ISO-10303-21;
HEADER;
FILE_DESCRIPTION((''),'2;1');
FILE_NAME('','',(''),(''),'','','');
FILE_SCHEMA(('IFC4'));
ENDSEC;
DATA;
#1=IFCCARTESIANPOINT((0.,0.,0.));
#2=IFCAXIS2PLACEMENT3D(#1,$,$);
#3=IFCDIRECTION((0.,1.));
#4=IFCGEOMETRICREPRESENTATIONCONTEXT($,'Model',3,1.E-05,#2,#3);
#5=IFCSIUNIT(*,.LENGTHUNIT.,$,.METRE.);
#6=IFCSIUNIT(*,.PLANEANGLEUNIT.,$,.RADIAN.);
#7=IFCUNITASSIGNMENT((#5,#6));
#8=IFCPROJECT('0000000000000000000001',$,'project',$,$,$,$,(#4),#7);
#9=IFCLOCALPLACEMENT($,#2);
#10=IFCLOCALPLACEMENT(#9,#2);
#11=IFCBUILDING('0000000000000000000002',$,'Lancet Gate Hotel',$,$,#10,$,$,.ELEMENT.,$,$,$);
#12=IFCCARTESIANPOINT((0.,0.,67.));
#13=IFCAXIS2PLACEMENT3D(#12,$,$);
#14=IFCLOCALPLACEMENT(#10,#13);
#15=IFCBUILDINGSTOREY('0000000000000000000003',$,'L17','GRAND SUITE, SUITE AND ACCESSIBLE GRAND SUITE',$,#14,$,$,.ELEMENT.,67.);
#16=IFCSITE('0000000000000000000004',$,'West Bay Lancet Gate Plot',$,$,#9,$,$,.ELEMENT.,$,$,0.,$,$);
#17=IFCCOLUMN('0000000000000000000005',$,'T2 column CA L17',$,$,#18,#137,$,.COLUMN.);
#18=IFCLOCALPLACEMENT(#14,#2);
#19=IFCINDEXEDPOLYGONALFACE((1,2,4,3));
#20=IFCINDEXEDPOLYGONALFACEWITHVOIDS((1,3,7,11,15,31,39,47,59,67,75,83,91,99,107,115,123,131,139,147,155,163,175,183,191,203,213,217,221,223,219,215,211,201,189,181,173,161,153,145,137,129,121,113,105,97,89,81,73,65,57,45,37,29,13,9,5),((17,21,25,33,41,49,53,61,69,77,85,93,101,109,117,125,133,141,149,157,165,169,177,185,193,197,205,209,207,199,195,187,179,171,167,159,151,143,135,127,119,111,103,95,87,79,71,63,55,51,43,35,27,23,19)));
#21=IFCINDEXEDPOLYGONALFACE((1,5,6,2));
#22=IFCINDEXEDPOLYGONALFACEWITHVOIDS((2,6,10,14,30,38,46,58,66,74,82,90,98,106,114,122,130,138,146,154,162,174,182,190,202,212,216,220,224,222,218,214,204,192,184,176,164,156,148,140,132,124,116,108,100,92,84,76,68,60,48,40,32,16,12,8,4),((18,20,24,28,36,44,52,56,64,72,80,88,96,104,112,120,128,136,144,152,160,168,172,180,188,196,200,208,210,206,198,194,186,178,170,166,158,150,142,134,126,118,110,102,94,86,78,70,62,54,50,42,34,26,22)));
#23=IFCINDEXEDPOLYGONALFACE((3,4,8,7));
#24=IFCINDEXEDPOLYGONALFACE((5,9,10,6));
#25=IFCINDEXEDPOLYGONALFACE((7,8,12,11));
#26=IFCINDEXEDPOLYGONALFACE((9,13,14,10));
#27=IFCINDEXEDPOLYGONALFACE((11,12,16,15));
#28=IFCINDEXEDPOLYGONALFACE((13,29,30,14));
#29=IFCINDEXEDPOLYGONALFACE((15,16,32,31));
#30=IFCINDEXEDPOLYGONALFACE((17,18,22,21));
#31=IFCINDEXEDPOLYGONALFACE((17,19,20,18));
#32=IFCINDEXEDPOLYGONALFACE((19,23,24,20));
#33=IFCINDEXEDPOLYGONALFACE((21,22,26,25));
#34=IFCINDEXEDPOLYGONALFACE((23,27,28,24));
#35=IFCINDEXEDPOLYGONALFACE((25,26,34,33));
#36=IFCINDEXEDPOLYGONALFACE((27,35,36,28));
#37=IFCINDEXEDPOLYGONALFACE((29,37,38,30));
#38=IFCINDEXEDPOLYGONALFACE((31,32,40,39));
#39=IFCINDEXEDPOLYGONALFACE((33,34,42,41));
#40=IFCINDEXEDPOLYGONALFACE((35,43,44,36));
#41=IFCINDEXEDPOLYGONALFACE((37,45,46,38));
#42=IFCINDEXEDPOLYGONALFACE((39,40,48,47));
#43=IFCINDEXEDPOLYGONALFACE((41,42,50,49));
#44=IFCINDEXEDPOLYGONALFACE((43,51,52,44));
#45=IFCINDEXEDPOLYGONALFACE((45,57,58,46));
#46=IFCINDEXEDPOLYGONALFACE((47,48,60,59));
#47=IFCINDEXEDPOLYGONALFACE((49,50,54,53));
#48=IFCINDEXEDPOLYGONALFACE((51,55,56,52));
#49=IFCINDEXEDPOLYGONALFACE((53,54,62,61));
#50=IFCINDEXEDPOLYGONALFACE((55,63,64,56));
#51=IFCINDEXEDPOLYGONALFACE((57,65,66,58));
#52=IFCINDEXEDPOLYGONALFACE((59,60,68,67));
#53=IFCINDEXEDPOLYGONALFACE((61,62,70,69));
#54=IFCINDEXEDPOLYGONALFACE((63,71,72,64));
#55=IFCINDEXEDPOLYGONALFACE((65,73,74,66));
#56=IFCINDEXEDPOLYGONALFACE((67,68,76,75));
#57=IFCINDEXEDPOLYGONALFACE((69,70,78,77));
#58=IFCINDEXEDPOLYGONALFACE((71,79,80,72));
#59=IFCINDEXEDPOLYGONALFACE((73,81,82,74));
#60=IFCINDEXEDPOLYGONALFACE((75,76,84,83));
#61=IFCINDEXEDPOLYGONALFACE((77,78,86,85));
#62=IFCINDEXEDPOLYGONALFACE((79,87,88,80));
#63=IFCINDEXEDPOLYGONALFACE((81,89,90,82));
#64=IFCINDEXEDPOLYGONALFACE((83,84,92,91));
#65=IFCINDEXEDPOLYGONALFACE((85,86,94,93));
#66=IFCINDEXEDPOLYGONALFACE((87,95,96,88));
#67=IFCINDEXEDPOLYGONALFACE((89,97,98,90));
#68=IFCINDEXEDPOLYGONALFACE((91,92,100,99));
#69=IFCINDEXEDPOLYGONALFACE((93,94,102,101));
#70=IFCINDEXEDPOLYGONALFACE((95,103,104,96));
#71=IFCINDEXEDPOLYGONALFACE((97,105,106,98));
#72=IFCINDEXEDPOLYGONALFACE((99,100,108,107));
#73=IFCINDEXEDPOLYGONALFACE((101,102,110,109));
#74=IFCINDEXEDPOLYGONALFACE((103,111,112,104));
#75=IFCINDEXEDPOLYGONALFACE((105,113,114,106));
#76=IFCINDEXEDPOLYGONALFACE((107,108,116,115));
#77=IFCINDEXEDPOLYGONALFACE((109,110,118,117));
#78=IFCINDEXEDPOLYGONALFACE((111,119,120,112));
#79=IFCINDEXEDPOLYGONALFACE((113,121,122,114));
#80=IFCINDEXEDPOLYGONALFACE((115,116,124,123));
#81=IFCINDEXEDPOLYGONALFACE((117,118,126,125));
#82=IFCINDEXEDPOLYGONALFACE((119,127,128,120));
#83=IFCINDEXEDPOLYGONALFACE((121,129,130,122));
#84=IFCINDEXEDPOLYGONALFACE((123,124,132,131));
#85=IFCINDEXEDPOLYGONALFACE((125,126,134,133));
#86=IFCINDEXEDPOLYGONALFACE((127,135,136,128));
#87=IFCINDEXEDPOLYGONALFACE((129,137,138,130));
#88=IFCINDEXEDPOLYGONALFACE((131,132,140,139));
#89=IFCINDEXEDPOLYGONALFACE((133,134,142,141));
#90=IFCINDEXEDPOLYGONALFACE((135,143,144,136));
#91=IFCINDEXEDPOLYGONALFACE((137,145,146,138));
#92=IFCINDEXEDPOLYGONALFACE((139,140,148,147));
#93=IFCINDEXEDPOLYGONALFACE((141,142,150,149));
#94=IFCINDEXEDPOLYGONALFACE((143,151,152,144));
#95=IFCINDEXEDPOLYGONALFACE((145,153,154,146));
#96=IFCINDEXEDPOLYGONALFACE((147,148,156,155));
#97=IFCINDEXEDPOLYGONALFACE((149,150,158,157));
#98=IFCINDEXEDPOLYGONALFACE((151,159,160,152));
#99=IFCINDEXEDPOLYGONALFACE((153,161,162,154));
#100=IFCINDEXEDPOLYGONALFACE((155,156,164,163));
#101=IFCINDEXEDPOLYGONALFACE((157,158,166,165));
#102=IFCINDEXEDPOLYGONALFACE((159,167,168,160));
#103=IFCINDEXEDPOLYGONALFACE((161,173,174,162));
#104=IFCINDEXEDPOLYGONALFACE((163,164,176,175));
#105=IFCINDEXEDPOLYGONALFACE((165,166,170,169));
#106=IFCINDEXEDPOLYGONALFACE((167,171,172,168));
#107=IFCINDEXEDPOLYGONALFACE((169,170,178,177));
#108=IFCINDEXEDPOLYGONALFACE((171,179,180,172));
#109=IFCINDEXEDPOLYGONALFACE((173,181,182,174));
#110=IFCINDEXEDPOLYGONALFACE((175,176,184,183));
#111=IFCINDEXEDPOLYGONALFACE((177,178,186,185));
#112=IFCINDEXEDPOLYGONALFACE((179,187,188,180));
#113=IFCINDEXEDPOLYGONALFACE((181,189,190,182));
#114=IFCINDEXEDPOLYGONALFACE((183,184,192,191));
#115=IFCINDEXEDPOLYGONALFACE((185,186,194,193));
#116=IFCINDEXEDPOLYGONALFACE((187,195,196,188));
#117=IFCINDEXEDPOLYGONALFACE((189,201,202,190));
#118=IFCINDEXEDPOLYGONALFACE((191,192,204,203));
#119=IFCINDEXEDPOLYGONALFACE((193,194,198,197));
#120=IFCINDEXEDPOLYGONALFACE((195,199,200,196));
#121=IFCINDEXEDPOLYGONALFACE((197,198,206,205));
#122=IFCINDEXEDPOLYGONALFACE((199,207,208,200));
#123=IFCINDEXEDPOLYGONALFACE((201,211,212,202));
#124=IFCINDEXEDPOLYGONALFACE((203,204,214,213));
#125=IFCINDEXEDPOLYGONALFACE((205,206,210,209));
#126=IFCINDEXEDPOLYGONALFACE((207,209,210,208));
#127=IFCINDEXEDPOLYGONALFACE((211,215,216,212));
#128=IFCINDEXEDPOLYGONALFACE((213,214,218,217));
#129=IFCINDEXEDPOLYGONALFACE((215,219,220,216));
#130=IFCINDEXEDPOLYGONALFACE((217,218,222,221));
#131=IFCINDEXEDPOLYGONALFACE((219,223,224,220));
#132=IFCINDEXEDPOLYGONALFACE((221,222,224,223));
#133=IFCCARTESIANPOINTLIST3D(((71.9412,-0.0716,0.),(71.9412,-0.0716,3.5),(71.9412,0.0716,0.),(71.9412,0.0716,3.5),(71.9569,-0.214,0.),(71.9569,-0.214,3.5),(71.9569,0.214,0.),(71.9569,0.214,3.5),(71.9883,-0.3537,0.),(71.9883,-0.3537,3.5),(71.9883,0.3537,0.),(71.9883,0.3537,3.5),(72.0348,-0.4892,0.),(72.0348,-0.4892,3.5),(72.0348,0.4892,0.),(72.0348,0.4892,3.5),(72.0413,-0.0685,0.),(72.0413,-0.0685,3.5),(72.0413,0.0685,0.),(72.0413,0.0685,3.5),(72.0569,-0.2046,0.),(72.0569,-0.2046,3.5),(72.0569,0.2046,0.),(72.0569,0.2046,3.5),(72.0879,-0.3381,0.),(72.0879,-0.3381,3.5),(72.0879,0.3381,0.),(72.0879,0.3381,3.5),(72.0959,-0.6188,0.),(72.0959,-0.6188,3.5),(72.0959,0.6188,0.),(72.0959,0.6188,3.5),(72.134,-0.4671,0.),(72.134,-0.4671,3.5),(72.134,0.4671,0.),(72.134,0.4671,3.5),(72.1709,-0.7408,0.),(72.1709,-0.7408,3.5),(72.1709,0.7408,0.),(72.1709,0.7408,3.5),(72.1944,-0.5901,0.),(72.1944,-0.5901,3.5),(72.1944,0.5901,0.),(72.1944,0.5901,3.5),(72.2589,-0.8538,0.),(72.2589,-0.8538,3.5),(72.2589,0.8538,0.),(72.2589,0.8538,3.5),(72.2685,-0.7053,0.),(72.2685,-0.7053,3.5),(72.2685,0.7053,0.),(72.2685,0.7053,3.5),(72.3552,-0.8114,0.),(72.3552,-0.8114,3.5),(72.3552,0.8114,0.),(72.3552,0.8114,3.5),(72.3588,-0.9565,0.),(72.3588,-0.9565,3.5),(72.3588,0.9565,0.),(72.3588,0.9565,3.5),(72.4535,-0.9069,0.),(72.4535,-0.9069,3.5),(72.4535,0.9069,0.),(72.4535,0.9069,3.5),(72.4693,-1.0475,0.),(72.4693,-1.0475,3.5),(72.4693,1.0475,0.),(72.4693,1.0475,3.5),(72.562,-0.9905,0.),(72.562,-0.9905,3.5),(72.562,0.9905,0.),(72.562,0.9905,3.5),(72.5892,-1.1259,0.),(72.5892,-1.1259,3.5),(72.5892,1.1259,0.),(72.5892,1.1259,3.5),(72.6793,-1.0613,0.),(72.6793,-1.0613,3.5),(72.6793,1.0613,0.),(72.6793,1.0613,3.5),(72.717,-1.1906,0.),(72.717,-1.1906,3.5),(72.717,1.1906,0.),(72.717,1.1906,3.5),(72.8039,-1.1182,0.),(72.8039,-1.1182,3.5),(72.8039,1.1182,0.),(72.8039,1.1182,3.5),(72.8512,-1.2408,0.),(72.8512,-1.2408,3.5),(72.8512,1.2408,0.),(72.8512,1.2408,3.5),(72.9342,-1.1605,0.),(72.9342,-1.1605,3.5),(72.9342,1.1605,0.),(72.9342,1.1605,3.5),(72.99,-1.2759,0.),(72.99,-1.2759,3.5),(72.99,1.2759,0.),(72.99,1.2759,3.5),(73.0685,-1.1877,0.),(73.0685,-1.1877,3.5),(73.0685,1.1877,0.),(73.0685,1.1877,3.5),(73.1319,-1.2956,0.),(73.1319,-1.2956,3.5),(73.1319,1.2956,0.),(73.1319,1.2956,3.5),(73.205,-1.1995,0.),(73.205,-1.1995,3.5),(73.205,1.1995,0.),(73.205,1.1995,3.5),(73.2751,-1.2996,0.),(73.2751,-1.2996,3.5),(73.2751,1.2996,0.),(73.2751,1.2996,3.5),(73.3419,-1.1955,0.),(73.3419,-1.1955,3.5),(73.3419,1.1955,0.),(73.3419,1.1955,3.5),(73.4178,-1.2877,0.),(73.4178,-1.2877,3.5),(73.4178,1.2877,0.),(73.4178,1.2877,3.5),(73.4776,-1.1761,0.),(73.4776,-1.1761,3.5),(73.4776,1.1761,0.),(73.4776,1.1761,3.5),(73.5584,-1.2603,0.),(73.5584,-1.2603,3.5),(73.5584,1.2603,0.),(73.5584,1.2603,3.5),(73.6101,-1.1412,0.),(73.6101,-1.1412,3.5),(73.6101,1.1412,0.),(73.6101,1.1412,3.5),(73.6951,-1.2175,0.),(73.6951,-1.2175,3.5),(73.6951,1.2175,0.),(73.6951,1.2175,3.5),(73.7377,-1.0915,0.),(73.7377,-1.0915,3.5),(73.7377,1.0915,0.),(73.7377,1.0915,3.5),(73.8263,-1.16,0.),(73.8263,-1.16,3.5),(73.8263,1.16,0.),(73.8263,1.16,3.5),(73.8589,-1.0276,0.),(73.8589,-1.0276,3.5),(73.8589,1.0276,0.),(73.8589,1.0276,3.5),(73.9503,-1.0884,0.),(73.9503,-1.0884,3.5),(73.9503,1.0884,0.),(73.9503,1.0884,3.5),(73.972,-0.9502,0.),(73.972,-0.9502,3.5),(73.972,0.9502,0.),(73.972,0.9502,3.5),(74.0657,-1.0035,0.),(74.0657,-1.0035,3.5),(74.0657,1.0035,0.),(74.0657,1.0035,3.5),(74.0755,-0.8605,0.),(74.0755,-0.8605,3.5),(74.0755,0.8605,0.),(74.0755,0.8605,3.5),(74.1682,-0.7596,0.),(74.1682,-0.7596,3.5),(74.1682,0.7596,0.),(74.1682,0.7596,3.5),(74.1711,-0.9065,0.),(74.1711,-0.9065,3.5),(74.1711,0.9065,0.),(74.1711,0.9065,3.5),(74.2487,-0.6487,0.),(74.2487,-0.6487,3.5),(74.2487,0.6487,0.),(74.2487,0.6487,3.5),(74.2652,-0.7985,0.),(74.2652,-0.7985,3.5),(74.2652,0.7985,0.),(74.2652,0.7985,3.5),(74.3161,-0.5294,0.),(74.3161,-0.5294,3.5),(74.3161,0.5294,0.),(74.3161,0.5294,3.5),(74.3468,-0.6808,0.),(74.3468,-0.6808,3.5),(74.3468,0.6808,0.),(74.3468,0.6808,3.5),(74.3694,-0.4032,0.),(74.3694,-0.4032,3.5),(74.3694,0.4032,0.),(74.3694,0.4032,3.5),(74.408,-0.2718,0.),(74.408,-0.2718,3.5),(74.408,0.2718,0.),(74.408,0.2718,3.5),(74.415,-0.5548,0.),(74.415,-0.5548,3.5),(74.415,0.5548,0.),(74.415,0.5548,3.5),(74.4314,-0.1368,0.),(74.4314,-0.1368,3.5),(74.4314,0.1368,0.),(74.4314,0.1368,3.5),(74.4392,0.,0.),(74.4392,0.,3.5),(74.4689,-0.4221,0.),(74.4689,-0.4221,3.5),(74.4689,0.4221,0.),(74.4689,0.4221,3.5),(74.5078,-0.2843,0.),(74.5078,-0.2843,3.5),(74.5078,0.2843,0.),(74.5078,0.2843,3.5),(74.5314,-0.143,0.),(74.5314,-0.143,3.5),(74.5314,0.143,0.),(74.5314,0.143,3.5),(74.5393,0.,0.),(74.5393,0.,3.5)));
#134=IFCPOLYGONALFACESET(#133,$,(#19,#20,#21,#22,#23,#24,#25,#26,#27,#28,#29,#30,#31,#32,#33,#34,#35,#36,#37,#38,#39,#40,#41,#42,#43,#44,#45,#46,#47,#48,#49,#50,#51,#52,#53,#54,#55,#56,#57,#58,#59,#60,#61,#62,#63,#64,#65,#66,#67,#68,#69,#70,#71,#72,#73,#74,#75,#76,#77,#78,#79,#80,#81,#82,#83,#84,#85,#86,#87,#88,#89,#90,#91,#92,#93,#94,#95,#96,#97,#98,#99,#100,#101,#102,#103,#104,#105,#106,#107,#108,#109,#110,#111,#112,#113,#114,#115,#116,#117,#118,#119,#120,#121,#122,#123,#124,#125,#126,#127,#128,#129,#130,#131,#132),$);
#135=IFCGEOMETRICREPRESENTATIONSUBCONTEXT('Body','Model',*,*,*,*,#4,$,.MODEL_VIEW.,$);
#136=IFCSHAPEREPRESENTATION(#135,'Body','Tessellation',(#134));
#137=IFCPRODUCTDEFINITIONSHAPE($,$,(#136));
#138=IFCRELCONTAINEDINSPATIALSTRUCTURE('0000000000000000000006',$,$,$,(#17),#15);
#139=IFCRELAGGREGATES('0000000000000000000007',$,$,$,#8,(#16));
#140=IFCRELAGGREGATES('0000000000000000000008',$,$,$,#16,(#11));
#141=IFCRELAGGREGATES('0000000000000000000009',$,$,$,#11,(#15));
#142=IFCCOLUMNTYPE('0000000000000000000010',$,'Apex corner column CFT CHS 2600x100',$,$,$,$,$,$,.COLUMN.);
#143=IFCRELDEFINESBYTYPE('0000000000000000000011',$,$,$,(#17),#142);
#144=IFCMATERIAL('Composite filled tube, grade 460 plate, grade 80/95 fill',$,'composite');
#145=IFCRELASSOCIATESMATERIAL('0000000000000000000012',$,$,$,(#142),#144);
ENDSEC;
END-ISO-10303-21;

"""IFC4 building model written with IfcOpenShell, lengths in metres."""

from ifc_helpers import new_model, si_unit, direction, frame, origin, origin_2d, place, context, subcontext, project, spatial, hollow_circle, extrude, material, material_profile, profile_set, type_object, element, save


model = new_model("IFC4")

# Units and contexts
model_context = context("Model", 3, precision=1e-05, world=origin(), true_north=direction((0.0, 1.0)))
body_context = subcontext(model_context, "Body", "Model", "MODEL_VIEW")
ifc_project = project(units=[si_unit("LENGTHUNIT", "METRE"), si_unit("PLANEANGLEUNIT", "RADIAN")], contexts=[model_context])

# Site, building, storey
site_placement = place(None, origin())
site = spatial("IfcSite", under=ifc_project, at=site_placement, Name="West Bay Lancet Gate Plot", CompositionType="ELEMENT", RefElevation=0.0)
building_placement = place(site_placement, origin())
building = spatial("IfcBuilding", under=site, at=building_placement, Name="Lancet Gate Hotel", CompositionType="ELEMENT")
storey_placement = place(building_placement, frame((0.0, 0.0, 67.0)))
storey = spatial("IfcBuildingStorey", under=building, at=storey_placement, Name="L17", Description="GRAND SUITE, SUITE AND ACCESSIBLE GRAND SUITE", CompositionType="ELEMENT", Elevation=67.0)

# Column
ifc_material_1 = material(Name="Composite filled tube, grade 460 plate, grade 80/95 fill", Category="composite")
ifc_material_profile_1 = material_profile(ifc_material_1, hollow_circle(Radius=1.3, WallThickness=0.1001, at=origin_2d()), Name="CHS 2600x100")
ifc_profile_set_1 = profile_set([ifc_material_profile_1], Name="Composite filled tube, grade 460 plate, grade 80/95 fill")
column_type_1 = type_object("IfcColumnType", Name="Apex corner column CFT CHS 2600x100", PredefinedType="COLUMN", material=ifc_profile_set_1)
column_1_placement = place(storey_placement, frame((73.2393, 0.0, 0.0), z_axis=(0.0, 0.0, 1.0), x_axis=(1.0, 0.0, 0.0)))
element("IfcColumn", 1, at=column_1_placement, inside=storey, type_object=column_type_1, Name="T2 column CA L17", PredefinedType="COLUMN", context=body_context, shape_type="SweptSolid", body=[
    extrude(hollow_circle(Radius=1.3, WallThickness=0.1001, at=origin_2d()), origin(), (0.0, 0.0, 1.0), 3.5),
])

save(model, "model.ifc")
